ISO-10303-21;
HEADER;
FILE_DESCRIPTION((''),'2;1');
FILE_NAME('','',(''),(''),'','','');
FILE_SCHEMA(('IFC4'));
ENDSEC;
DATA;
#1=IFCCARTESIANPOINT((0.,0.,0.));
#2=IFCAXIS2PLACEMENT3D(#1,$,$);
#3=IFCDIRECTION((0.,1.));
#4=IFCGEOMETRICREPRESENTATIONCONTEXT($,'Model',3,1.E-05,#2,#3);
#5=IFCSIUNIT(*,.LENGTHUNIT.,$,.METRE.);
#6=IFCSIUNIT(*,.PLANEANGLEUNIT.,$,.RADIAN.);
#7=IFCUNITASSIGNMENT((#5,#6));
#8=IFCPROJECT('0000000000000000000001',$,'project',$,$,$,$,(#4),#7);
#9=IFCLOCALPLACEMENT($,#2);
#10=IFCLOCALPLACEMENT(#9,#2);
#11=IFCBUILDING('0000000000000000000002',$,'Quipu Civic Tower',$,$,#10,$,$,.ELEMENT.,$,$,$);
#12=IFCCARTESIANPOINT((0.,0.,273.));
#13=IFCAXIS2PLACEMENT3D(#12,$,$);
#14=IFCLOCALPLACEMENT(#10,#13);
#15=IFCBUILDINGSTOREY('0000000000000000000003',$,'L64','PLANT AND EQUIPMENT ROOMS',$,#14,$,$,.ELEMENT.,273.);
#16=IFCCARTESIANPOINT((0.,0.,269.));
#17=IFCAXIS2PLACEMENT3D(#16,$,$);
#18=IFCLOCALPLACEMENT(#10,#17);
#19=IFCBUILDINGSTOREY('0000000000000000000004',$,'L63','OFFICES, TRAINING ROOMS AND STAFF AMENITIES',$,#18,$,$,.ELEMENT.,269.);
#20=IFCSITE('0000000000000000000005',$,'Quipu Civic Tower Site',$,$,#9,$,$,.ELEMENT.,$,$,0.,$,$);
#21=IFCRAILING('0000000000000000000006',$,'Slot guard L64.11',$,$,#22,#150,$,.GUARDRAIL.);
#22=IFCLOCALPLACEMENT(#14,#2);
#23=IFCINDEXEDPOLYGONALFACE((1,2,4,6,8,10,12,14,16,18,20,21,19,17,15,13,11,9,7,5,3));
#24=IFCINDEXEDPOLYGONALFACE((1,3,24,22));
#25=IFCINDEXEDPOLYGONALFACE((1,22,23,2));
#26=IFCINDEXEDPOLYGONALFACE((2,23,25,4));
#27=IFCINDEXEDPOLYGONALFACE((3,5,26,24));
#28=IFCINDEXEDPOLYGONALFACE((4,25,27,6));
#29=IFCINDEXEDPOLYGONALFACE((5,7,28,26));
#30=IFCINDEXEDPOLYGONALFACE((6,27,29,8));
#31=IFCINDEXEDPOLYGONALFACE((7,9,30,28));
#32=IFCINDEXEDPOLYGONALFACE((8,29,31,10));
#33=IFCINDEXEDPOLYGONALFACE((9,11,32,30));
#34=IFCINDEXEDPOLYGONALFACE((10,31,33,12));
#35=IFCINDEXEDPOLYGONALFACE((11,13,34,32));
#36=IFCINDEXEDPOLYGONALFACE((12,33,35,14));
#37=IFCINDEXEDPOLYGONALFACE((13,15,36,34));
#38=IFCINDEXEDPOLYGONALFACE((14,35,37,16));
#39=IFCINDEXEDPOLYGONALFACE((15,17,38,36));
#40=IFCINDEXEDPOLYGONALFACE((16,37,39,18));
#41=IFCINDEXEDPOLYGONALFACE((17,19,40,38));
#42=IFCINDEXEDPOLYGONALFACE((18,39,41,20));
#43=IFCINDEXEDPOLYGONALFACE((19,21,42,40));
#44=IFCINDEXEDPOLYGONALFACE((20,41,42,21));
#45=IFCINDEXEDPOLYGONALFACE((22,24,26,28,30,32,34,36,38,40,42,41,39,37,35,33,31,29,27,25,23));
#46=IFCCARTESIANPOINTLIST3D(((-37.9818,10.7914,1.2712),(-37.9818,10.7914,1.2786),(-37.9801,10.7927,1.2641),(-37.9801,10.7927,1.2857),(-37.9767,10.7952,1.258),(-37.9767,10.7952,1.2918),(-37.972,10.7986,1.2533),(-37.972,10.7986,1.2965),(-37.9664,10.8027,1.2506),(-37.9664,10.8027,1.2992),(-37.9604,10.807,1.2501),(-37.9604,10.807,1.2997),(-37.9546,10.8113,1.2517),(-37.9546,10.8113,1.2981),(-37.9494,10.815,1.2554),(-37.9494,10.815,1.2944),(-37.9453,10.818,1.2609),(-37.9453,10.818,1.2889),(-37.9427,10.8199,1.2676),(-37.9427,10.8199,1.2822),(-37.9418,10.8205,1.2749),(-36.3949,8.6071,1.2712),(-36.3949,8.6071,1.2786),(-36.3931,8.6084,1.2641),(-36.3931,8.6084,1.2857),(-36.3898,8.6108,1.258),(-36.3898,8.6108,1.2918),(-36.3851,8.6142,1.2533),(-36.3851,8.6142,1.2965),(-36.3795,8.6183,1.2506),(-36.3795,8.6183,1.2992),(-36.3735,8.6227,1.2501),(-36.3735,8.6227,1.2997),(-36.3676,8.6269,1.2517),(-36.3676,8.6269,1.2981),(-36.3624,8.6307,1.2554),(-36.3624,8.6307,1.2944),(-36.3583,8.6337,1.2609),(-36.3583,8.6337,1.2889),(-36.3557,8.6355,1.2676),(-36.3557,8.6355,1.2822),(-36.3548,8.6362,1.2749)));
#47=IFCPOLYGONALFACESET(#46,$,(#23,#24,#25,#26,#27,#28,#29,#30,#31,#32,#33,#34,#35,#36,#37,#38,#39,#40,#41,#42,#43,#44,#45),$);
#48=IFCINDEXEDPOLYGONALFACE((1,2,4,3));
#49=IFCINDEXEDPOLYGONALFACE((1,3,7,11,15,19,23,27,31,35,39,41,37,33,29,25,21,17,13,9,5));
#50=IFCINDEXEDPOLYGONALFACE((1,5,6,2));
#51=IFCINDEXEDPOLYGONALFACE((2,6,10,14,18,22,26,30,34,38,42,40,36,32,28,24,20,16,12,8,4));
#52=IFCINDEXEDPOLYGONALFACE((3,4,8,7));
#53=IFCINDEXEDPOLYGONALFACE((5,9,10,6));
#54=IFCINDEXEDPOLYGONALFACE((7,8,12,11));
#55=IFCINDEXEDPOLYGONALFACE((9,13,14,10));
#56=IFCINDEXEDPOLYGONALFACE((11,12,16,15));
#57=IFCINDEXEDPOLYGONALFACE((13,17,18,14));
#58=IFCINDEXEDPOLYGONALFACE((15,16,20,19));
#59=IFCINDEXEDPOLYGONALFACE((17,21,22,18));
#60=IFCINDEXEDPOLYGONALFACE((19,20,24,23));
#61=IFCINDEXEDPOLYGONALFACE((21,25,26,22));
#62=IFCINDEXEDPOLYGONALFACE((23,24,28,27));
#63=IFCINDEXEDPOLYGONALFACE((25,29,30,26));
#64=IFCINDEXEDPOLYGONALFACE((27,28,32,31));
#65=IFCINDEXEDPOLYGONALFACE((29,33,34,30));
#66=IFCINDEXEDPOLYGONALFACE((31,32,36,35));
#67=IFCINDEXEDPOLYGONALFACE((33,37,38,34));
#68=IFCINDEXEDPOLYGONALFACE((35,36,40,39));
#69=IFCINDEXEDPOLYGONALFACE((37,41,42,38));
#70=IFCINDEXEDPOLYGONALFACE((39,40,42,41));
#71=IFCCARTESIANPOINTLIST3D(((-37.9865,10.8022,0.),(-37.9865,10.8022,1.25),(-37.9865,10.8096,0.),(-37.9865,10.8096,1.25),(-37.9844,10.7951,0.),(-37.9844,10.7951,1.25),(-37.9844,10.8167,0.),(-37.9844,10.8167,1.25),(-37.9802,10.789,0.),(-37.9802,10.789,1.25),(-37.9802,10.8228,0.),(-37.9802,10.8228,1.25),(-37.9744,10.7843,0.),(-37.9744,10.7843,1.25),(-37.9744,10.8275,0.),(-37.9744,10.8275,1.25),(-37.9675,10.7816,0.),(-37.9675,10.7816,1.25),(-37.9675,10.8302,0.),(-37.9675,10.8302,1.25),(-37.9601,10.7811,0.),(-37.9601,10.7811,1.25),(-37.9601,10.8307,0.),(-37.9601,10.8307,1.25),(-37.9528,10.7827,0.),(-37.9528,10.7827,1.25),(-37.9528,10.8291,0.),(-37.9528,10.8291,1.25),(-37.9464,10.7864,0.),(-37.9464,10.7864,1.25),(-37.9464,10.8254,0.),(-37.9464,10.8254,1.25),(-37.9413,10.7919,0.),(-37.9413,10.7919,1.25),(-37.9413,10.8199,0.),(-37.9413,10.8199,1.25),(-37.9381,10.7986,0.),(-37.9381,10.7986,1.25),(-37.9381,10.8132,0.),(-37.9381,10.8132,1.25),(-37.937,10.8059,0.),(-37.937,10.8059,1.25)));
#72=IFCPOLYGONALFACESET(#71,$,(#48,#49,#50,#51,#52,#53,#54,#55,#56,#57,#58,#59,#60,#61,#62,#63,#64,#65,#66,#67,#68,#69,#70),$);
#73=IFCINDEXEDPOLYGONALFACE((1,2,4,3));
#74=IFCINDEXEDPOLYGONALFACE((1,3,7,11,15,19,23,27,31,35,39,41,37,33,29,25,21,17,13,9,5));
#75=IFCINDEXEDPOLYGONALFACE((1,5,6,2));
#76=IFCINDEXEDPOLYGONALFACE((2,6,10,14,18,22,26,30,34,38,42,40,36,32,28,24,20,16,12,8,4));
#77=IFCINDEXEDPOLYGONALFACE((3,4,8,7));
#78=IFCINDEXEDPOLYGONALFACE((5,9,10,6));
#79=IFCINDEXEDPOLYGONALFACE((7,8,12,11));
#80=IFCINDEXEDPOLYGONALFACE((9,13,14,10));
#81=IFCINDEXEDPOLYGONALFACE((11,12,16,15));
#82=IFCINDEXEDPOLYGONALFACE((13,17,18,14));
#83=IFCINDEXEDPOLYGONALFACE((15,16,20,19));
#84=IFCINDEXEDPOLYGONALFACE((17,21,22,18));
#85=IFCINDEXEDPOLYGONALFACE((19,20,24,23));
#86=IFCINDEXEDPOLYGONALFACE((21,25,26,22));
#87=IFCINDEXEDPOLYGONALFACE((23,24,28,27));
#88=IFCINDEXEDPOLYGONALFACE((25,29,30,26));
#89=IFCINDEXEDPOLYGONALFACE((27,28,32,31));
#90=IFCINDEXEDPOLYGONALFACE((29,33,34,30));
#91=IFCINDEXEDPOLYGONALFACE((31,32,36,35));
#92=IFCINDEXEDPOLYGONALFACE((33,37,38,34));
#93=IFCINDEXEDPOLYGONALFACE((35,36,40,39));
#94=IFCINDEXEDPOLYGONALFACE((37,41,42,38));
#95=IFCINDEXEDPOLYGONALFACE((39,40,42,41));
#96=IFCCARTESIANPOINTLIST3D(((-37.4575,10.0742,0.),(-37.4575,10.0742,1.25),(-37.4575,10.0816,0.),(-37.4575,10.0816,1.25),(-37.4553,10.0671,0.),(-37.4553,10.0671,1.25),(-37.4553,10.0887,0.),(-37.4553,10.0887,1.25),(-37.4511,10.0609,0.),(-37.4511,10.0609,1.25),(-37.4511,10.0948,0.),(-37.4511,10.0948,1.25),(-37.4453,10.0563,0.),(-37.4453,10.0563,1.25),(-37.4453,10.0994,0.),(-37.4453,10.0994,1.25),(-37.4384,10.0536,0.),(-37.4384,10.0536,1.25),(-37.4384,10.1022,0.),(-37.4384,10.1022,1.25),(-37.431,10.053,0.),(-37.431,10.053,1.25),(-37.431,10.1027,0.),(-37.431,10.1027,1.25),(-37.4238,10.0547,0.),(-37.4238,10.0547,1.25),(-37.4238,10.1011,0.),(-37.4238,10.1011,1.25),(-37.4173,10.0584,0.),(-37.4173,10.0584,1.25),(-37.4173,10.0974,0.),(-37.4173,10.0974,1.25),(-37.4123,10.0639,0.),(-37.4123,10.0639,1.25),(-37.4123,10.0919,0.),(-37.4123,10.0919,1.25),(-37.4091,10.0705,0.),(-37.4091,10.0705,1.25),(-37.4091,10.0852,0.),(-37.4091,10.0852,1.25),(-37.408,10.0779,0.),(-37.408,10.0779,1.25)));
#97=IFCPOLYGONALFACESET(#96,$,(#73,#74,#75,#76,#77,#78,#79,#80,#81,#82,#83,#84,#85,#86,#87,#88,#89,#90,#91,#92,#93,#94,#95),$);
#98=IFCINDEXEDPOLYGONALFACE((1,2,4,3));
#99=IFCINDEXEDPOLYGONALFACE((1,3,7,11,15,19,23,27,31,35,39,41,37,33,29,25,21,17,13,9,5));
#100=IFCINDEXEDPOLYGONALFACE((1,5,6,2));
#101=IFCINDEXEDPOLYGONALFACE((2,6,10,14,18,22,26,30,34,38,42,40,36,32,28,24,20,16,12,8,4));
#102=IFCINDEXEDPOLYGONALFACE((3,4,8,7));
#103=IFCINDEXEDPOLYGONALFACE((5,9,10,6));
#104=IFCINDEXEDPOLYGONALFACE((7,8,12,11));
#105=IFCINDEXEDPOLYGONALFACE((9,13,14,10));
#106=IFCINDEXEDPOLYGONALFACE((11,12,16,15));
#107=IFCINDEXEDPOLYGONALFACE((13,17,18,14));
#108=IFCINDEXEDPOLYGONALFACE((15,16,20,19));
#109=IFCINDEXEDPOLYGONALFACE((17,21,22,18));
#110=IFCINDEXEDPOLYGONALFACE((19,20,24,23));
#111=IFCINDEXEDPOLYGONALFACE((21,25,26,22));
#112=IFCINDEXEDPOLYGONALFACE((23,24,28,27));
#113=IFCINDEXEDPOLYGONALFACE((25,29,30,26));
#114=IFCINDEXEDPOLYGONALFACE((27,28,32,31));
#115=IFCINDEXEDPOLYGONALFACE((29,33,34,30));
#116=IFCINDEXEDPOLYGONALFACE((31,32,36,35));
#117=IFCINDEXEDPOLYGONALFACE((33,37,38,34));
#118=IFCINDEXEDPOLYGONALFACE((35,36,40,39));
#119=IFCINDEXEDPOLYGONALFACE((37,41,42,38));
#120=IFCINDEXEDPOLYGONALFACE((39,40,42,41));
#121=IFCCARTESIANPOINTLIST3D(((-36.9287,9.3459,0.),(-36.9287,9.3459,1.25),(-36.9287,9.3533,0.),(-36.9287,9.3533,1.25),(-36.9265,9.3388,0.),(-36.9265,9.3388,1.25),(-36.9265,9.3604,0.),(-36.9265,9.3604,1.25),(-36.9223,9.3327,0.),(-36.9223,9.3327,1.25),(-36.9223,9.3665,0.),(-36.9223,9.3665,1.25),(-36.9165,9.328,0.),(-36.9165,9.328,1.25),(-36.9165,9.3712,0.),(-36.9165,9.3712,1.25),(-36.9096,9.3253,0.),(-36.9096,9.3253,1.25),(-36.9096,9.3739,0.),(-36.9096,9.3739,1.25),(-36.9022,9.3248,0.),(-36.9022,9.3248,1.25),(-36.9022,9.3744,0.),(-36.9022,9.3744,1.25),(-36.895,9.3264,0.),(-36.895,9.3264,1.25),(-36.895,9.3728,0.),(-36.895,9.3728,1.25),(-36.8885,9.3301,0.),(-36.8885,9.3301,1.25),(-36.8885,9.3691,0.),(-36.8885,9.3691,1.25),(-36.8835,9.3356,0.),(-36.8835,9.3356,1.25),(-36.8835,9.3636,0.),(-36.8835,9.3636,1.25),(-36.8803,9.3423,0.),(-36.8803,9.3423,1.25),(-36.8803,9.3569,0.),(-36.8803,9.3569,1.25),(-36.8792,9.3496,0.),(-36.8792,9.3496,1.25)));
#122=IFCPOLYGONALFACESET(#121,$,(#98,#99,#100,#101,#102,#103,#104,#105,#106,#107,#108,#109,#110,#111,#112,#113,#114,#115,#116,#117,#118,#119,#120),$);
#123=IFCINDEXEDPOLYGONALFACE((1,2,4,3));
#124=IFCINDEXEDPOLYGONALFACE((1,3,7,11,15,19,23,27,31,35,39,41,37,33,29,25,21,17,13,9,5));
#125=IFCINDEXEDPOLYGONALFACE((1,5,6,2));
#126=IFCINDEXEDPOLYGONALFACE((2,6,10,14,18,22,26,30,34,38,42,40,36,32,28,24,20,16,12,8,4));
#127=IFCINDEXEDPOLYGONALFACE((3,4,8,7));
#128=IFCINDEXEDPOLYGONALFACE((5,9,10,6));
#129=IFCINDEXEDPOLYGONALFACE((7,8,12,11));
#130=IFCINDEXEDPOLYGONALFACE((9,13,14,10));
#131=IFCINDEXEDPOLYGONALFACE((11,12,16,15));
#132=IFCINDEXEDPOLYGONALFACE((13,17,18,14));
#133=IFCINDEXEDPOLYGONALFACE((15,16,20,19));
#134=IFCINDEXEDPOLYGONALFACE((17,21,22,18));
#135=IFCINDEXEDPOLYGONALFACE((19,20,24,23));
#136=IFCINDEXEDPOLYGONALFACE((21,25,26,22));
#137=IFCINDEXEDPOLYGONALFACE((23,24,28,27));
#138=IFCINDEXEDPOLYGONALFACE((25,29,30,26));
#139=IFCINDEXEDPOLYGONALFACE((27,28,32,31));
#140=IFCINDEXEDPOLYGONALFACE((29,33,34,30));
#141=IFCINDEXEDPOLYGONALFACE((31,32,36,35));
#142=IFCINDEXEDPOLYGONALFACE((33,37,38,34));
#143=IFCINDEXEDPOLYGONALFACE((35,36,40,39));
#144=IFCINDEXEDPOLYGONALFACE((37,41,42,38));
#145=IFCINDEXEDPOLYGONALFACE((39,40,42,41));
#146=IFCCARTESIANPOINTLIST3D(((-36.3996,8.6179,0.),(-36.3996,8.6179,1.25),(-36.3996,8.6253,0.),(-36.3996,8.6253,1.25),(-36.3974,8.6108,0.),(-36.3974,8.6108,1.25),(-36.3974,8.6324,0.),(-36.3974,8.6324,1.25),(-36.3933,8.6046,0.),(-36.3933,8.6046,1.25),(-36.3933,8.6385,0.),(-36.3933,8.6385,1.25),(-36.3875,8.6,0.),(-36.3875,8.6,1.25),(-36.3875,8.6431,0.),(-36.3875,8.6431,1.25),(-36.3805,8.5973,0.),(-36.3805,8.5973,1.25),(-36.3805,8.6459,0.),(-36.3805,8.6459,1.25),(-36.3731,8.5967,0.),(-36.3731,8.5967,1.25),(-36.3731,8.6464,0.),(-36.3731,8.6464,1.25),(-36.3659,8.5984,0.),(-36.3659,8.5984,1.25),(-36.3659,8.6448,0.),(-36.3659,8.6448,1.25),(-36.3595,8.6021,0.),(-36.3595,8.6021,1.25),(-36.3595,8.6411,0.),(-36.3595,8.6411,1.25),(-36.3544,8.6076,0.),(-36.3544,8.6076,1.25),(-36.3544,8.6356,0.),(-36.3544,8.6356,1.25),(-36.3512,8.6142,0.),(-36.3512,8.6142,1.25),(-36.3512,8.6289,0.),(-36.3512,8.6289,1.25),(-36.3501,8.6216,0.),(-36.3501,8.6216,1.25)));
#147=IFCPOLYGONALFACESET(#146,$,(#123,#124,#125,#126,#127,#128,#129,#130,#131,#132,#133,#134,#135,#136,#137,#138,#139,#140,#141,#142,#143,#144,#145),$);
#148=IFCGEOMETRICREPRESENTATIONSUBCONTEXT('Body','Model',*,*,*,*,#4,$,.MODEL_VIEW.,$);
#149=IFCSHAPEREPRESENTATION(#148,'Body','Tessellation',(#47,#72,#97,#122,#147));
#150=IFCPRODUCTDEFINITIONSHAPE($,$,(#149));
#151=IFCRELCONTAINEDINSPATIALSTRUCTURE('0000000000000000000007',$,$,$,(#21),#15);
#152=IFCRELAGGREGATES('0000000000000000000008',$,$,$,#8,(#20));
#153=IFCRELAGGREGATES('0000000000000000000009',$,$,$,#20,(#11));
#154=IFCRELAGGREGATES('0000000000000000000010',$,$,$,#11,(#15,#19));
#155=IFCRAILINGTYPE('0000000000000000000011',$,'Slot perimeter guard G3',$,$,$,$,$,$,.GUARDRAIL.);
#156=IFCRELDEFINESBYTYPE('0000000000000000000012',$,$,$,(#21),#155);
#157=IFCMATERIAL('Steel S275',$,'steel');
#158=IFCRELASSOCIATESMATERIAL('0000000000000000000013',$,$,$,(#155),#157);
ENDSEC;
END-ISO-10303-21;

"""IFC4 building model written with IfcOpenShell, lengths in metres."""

from ifc_helpers import new_model, si_unit, direction, frame, origin, origin_2d, place, context, subcontext, project, spatial, circle, extrude, material, type_object, element, save


model = new_model("IFC4")

# Units and contexts
model_context = context("Model", 3, precision=1e-05, world=origin(), true_north=direction((0.0, 1.0)))
body_context = subcontext(model_context, "Body", "Model", "MODEL_VIEW")
ifc_project = project(units=[si_unit("LENGTHUNIT", "METRE"), si_unit("PLANEANGLEUNIT", "RADIAN")], contexts=[model_context])

# Site, building, storey
site_placement = place(None, origin())
site = spatial("IfcSite", under=ifc_project, at=site_placement, Name="Quipu Civic Tower Site", CompositionType="ELEMENT", RefElevation=0.0)
building_placement = place(site_placement, origin())
building = spatial("IfcBuilding", under=site, at=building_placement, Name="Quipu Civic Tower", CompositionType="ELEMENT")
storey_1_placement = place(building_placement, frame((0.0, 0.0, 273.0)))
storey_1 = spatial("IfcBuildingStorey", under=building, at=storey_1_placement, Name="L64", Description="PLANT AND EQUIPMENT ROOMS", CompositionType="ELEMENT", Elevation=273.0)

# Shared definitions
storey_2_placement = place(building_placement, frame((0.0, 0.0, 269.0)))
storey_2 = spatial("IfcBuildingStorey", under=building, at=storey_2_placement, Name="L63", Description="OFFICES, TRAINING ROOMS AND STAFF AMENITIES", CompositionType="ELEMENT", Elevation=269.0)

# Railing
ifc_material_1 = material(Name="Steel S275", Category="steel")
railing_type = type_object("IfcRailingType", Name="Slot perimeter guard G3", PredefinedType="GUARDRAIL", material=ifc_material_1)
railing_1_placement = place(storey_1_placement, frame((-37.9619, 10.8059, 0.0)))
element("IfcRailing", 1, at=railing_1_placement, inside=storey_1, type_object=railing_type, Name="Slot guard L64.11", PredefinedType="GUARDRAIL", context=body_context, shape_type="SweptSolid", body=[
    extrude(circle(Radius=0.0249, at=origin_2d()), frame((0.0, 0.0, 1.2749), z_axis=(0.587763, -0.809033, 0.0), x_axis=(0.809033, 0.587763, 0.0)), (0.0, 0.0, 1.0), 2.7),
    extrude(circle(Radius=0.0249, at=origin_2d()), origin(), (0.0, 0.0, 1.0), 1.25),
    extrude(circle(Radius=0.0249, at=origin_2d()), frame((0.5291, -0.728, 0.0)), (0.0, 0.0, 1.0), 1.25),
    extrude(circle(Radius=0.0249, at=origin_2d()), frame((1.0579, -1.4563, 0.0)), (0.0, 0.0, 1.0), 1.25),
    extrude(circle(Radius=0.0249, at=origin_2d()), frame((1.5869, -2.1843, 0.0)), (0.0, 0.0, 1.0), 1.25),
])

save(model, "model.ifc")
